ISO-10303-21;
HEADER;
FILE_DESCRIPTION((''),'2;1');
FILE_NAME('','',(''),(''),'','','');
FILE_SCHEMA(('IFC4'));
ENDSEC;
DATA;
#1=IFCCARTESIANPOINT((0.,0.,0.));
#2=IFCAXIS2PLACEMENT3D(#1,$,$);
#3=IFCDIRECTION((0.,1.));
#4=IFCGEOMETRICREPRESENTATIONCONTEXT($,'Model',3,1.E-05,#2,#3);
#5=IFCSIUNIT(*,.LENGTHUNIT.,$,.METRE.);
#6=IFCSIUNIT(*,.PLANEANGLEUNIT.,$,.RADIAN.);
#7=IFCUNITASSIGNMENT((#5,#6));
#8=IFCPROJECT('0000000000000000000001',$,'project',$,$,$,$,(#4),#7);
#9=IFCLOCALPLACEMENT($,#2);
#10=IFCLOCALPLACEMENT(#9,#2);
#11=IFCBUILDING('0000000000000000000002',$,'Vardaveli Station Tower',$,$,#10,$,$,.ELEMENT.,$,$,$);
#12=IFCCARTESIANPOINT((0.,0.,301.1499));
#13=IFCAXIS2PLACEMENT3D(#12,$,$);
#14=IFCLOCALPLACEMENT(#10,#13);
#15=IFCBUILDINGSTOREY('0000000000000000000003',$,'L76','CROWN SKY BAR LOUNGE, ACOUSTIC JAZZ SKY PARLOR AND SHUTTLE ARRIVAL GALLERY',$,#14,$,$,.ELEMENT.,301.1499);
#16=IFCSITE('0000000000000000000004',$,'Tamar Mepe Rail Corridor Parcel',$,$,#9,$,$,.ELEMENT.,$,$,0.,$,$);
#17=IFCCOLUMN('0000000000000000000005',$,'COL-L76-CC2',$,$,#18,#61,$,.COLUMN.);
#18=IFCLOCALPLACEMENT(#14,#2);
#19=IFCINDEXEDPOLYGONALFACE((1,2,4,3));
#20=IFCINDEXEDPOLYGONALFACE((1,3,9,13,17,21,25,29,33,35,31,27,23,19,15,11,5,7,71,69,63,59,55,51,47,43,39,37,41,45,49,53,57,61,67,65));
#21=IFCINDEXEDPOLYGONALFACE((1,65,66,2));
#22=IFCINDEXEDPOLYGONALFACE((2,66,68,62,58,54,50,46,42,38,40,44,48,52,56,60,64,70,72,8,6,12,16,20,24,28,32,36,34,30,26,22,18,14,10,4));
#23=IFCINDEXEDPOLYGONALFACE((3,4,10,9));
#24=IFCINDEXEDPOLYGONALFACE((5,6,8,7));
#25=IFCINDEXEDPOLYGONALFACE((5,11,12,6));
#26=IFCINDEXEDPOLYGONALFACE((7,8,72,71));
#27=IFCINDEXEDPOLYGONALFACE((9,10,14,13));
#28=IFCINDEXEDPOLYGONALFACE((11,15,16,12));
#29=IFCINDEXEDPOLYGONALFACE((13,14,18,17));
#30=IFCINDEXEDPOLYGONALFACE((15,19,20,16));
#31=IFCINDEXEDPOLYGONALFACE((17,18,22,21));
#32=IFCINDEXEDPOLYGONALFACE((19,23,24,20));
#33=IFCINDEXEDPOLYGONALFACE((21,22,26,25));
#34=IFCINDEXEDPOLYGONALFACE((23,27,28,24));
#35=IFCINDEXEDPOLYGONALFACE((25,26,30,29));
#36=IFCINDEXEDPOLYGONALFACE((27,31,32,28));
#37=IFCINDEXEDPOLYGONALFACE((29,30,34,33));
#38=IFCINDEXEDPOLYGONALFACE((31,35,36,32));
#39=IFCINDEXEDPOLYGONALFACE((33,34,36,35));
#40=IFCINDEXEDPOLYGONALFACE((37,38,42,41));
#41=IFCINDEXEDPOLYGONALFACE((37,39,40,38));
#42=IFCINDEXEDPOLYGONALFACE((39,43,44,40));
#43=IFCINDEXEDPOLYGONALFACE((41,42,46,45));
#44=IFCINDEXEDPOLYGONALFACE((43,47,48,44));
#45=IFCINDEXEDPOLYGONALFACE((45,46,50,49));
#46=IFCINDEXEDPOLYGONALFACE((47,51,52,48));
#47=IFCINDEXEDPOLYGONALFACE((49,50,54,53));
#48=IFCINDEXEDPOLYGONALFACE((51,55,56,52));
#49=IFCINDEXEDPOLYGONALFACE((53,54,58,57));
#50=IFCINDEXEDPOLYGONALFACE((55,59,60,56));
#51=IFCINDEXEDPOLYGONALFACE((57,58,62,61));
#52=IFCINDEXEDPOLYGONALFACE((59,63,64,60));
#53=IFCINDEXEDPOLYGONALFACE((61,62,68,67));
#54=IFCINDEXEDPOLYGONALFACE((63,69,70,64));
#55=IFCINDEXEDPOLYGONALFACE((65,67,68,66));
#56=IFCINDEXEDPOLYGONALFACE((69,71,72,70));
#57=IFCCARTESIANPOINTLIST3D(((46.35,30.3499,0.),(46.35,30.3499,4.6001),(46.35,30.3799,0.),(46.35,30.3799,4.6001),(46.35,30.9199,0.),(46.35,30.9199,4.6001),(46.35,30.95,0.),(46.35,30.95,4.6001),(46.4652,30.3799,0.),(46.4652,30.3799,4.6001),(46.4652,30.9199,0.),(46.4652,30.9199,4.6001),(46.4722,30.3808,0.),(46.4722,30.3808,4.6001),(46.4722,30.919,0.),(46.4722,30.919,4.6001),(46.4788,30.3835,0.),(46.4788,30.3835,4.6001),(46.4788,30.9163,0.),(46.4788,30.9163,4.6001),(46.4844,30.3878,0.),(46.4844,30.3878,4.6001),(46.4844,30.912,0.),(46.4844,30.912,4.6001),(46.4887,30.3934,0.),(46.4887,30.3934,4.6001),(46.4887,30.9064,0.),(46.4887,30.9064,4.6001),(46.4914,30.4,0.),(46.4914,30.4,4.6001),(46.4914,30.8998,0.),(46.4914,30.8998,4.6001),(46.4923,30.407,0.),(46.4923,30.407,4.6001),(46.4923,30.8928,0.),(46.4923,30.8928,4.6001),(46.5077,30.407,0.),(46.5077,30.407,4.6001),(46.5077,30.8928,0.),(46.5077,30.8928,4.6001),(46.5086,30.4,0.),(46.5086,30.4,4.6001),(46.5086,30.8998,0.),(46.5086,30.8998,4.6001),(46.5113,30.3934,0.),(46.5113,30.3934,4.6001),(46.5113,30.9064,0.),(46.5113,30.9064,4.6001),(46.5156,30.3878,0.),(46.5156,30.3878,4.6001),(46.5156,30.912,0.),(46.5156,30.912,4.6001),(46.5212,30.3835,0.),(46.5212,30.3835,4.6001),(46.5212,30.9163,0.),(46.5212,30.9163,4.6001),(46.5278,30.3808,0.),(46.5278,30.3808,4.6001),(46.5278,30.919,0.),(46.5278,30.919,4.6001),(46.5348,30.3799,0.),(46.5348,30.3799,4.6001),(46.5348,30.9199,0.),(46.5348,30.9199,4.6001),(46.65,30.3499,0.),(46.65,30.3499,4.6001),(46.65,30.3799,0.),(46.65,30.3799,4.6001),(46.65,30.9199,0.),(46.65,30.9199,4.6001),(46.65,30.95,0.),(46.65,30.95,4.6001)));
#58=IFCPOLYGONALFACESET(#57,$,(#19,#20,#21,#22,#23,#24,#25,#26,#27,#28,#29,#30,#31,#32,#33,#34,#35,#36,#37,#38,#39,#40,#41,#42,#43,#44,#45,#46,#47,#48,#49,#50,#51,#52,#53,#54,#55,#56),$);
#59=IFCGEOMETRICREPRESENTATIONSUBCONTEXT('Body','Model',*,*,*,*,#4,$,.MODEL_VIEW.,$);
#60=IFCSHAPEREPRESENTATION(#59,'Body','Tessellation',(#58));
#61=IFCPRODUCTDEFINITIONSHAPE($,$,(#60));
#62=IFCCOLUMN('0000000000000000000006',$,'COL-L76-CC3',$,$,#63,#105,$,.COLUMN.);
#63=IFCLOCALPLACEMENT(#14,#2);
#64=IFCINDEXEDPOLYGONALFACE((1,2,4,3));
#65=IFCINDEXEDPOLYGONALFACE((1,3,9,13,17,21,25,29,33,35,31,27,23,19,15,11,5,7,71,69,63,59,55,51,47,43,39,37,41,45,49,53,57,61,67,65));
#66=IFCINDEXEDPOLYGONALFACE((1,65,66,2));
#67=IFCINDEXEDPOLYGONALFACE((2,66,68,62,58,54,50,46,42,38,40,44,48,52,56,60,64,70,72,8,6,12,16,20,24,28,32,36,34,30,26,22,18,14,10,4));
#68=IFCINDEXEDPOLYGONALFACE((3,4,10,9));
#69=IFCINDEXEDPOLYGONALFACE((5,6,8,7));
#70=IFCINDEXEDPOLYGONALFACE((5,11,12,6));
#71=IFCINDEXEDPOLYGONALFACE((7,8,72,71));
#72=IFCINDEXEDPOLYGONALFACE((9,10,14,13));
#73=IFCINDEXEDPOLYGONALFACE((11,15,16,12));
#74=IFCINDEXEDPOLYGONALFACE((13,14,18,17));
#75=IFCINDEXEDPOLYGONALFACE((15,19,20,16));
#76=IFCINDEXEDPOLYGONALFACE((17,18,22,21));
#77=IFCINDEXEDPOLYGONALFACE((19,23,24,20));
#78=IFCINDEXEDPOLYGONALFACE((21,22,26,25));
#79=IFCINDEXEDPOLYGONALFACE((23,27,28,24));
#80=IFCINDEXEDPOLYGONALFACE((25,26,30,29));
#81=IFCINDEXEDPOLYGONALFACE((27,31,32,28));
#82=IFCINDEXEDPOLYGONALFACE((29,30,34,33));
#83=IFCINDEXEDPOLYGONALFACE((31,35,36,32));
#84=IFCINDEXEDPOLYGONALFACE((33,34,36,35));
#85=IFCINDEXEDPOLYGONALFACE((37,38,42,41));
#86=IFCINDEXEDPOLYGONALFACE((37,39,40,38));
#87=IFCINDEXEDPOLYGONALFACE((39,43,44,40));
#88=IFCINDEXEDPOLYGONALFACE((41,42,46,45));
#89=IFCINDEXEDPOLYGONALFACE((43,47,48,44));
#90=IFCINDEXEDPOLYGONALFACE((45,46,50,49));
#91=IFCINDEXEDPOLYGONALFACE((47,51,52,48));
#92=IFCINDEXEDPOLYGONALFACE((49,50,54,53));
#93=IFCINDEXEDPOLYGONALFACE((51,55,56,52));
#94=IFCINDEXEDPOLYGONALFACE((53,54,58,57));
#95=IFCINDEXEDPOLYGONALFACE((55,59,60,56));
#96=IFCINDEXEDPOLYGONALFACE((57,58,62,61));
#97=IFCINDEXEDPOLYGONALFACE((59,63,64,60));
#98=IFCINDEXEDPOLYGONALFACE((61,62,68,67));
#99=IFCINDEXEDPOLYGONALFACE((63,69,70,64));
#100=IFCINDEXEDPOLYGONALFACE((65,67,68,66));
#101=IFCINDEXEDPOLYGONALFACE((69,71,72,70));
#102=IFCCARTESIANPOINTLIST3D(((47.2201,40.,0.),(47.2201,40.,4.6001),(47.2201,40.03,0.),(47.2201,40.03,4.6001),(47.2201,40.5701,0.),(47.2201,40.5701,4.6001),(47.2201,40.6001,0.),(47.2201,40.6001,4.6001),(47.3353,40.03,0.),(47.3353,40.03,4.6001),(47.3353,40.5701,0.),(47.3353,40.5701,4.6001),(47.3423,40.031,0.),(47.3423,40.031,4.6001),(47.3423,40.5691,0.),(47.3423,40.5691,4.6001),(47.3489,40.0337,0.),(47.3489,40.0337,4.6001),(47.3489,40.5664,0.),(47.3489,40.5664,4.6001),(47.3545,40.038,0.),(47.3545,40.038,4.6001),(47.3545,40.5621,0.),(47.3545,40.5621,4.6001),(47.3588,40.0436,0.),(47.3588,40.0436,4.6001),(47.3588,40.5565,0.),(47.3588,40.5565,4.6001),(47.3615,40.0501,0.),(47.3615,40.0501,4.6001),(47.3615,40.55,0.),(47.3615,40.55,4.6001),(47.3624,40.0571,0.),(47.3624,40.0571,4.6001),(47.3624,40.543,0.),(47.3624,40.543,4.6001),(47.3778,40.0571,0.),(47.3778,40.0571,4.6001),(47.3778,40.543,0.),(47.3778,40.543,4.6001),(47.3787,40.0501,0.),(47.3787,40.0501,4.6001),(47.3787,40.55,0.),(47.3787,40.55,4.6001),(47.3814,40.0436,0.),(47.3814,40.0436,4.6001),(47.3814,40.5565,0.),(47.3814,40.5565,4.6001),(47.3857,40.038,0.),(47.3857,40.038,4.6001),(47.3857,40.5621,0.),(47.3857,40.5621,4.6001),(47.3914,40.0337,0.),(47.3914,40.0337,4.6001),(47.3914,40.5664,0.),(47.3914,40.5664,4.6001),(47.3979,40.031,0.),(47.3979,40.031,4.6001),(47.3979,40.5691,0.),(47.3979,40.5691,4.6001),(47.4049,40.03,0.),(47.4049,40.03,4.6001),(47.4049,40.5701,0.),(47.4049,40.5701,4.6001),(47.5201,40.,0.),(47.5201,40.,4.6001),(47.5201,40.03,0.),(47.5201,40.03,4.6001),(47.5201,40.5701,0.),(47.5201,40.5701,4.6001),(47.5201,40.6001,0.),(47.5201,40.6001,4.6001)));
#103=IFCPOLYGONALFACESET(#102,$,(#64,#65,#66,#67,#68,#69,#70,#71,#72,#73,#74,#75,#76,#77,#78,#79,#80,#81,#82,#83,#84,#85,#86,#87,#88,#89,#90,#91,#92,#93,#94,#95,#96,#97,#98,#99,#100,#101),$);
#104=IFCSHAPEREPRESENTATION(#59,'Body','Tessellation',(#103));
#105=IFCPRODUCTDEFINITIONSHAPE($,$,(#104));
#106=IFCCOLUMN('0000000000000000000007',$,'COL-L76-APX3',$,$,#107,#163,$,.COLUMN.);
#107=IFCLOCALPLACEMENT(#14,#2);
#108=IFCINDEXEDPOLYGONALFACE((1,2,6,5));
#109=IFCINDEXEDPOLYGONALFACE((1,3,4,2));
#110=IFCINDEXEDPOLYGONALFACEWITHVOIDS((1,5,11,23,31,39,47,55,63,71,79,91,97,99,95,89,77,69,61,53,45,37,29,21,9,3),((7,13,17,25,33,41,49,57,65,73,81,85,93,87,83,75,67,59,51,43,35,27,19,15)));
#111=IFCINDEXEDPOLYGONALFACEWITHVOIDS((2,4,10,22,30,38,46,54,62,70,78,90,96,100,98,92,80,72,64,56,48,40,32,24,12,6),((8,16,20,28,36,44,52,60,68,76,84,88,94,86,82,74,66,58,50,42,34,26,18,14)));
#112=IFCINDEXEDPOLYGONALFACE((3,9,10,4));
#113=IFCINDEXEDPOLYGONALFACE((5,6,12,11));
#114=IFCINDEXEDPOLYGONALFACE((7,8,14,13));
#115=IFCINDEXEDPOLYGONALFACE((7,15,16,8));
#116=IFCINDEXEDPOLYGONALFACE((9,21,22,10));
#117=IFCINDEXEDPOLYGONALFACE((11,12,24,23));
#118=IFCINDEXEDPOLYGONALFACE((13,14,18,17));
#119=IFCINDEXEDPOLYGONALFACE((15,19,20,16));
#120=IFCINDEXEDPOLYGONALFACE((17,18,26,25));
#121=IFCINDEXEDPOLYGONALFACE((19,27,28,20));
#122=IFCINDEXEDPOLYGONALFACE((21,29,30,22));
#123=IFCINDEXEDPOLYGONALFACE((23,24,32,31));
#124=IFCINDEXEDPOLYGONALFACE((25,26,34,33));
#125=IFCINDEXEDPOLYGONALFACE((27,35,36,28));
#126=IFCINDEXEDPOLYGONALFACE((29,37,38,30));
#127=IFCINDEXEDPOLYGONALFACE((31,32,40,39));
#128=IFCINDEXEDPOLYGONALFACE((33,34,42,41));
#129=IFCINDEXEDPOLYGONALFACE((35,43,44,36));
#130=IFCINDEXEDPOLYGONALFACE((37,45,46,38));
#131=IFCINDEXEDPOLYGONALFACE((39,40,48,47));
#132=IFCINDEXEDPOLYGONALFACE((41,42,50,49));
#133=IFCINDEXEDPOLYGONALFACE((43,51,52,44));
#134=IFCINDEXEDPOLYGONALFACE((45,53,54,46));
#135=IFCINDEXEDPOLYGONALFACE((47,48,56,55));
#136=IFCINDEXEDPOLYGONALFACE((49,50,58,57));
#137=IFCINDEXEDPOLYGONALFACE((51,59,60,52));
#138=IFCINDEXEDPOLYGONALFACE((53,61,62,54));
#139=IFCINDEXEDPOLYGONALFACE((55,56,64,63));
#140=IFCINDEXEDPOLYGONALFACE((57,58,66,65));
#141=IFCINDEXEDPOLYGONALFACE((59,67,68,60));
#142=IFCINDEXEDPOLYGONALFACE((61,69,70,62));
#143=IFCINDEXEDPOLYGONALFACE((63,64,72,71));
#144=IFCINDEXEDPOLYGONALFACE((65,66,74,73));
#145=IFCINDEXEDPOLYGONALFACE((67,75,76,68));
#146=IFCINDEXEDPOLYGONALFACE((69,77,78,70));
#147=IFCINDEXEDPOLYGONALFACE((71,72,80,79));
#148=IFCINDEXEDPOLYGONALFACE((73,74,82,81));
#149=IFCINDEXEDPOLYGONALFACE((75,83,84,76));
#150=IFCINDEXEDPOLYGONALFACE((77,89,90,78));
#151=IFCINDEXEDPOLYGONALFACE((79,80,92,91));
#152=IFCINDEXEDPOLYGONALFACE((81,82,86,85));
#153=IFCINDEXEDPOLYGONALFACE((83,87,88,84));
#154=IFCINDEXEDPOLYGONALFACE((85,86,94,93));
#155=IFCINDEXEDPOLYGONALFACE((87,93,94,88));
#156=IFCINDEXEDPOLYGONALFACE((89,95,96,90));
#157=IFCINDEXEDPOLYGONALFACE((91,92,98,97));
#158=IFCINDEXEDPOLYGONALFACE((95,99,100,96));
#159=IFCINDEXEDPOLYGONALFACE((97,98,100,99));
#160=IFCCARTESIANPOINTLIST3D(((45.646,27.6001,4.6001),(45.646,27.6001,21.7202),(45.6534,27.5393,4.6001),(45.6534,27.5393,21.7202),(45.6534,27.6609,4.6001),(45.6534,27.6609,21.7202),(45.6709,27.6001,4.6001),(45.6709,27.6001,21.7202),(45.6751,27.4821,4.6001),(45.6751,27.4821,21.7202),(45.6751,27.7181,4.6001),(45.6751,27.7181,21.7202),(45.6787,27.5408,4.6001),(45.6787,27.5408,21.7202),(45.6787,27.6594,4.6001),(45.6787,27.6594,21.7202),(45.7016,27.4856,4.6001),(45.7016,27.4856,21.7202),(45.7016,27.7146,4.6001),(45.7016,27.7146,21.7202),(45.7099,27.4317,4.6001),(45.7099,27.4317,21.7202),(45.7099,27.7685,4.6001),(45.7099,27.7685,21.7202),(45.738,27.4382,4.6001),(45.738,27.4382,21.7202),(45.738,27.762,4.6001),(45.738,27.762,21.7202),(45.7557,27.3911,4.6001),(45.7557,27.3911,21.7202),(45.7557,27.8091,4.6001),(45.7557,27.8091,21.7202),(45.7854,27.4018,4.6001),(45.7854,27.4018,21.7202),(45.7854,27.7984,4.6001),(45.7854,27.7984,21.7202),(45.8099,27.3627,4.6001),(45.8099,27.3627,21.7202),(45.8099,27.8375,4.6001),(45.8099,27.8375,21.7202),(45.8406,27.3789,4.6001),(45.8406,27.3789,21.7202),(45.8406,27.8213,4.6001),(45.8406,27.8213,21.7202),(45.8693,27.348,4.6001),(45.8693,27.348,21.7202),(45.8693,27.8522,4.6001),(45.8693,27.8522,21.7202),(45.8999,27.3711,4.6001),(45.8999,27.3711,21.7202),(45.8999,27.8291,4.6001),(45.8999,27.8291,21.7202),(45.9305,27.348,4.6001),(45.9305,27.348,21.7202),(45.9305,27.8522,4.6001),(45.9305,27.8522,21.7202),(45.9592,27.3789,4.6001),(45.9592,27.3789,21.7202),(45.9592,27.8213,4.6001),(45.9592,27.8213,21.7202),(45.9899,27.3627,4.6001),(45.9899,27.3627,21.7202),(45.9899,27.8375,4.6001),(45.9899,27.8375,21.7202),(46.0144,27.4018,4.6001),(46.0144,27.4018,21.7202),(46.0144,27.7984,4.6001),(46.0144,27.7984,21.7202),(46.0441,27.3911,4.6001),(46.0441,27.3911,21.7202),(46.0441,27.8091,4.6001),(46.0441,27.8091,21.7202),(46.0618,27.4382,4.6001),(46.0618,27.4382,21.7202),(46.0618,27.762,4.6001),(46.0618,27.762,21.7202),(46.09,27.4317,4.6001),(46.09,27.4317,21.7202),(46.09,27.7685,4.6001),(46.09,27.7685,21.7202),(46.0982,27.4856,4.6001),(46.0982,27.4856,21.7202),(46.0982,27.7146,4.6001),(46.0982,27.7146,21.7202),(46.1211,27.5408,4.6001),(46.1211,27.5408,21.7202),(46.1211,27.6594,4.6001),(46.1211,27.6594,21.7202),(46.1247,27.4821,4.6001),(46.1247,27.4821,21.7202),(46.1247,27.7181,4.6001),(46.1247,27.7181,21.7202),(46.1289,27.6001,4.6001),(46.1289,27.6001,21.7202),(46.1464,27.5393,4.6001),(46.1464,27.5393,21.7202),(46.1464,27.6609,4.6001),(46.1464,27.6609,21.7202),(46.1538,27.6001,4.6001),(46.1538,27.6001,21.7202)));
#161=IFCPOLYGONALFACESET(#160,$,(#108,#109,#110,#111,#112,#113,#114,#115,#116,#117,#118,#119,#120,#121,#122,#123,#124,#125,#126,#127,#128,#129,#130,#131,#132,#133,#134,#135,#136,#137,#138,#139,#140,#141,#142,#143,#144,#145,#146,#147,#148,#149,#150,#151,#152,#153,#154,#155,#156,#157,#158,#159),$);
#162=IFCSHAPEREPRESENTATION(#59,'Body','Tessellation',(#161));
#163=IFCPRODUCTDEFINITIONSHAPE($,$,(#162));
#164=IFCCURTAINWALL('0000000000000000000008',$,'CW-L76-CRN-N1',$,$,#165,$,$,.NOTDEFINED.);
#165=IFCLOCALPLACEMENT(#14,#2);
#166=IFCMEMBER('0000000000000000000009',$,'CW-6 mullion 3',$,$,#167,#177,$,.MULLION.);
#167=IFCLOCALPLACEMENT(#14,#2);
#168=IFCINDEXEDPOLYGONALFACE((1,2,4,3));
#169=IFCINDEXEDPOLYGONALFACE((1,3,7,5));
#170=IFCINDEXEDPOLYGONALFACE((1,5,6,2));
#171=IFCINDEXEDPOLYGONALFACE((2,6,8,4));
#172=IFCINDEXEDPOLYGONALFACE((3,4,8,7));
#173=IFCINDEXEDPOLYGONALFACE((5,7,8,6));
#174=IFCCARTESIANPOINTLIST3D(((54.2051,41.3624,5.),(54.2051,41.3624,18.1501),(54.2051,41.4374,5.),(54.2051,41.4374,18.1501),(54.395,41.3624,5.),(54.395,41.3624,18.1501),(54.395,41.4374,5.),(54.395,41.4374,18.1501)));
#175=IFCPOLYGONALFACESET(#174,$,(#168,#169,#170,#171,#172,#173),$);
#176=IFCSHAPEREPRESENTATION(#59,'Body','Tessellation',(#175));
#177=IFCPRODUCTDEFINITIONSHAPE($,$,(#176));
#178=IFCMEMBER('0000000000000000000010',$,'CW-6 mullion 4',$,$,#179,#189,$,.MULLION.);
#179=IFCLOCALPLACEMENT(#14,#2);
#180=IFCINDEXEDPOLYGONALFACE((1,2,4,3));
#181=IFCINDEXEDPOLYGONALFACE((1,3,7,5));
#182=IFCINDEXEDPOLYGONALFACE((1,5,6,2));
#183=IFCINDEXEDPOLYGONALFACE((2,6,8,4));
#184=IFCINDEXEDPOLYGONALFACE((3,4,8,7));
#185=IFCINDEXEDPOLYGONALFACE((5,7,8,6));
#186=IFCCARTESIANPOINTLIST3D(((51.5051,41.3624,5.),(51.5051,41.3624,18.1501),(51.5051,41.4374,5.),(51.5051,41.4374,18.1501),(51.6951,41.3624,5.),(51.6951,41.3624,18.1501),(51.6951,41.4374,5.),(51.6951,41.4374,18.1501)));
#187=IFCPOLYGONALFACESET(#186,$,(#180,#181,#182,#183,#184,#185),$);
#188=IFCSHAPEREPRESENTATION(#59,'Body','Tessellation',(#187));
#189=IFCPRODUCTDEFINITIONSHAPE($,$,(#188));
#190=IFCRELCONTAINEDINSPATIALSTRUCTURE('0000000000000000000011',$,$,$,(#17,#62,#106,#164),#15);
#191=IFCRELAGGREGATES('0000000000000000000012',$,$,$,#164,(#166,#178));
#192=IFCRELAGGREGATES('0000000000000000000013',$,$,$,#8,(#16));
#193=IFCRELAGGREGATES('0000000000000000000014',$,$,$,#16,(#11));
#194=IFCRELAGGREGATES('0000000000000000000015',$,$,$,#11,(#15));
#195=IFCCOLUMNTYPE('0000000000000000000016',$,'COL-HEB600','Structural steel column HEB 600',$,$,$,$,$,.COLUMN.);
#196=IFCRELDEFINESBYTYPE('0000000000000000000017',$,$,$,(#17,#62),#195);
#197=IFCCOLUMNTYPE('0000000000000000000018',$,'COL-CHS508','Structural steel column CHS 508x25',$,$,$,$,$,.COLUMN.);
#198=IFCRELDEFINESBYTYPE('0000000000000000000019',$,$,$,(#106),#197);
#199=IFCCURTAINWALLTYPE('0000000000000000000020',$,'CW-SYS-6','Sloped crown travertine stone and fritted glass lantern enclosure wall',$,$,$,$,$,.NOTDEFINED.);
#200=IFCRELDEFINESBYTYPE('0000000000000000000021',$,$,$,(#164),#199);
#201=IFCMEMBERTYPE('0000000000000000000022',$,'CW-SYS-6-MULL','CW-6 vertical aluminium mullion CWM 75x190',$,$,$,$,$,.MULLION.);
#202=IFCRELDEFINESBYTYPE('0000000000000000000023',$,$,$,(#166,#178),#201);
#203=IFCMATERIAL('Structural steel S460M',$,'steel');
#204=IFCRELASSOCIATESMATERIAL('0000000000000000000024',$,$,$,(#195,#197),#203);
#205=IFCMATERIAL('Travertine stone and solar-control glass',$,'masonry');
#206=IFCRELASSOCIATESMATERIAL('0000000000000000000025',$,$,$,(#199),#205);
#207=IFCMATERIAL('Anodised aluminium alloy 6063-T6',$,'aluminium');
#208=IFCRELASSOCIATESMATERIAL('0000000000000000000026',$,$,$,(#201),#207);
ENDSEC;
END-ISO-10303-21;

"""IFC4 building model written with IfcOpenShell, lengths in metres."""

from ifc_helpers import new_model, si_unit, direction, frame, origin, origin_2d, place, context, subcontext, project, spatial, rectangle, hollow_circle, i_section, extrude, source, transform, mapped, material, material_profile, profile_set, type_object, element, aggregate, save


model = new_model("IFC4")

# Units and contexts
model_context = context("Model", 3, precision=1e-05, world=origin(), true_north=direction((0.0, 1.0)))
body_context = subcontext(model_context, "Body", "Model", "MODEL_VIEW")
ifc_project = project(units=[si_unit("LENGTHUNIT", "METRE"), si_unit("PLANEANGLEUNIT", "RADIAN")], contexts=[model_context])

# Site, building, storey
site_placement = place(None, origin())
site = spatial("IfcSite", under=ifc_project, at=site_placement, Name="Tamar Mepe Rail Corridor Parcel", CompositionType="ELEMENT", RefElevation=0.0)
building_placement = place(site_placement, origin())
building = spatial("IfcBuilding", under=site, at=building_placement, Name="Vardaveli Station Tower", CompositionType="ELEMENT")
storey_placement = place(building_placement, frame((0.0, 0.0, 301.1499)))
storey = spatial("IfcBuildingStorey", under=building, at=storey_placement, Name="L76", Description="CROWN SKY BAR LOUNGE, ACOUSTIC JAZZ SKY PARLOR AND SHUTTLE ARRIVAL GALLERY", CompositionType="ELEMENT", Elevation=301.1499)

# Columns
ifc_material_1 = material(Name="Structural steel S460M", Category="steel")
ifc_material_profile_1 = material_profile(ifc_material_1, i_section(OverallWidth=0.3, OverallDepth=0.6001, WebThickness=0.0154, FlangeThickness=0.03, FilletRadius=0.0271, at=origin_2d()), Name="HEB 600")
ifc_profile_set_1 = profile_set([ifc_material_profile_1], Name="Structural steel S460M")
column_type_1 = type_object("IfcColumnType", Name="COL-HEB600", Description="Structural steel column HEB 600", PredefinedType="COLUMN", material=ifc_profile_set_1)
shared_shape_1 = source(origin(), body_context, "Body", "SweptSolid", [
    extrude(i_section(OverallWidth=0.3, OverallDepth=0.6001, WebThickness=0.0154, FlangeThickness=0.03, FilletRadius=0.0271, at=origin_2d()), origin(), (0.0, 0.0, 1.0), 4.6001),
])
for number, where, z_axis, x_axis, name in (
    (1, (46.5, 30.6499, 0.0), (0.0, 0.0, 1.0), (1.0, 0.0, 0.0), "COL-L76-CC2"),
    (2, (47.3701, 40.3, 0.0), (0.0, 0.0, 1.0), (1.0, 0.0, 0.0), "COL-L76-CC3"),
):
    element("IfcColumn", number, at=place(storey_placement, frame(where, z_axis=z_axis, x_axis=x_axis)), inside=storey, type_object=column_type_1, Name=name, PredefinedType="COLUMN", context=body_context, shape_type="MappedRepresentation", body=[
        mapped(shared_shape_1, transform((0.0, 0.0, 0.0), scale=1.0)),
    ])
ifc_material_profile_2 = material_profile(ifc_material_1, hollow_circle(Radius=0.2539, WallThickness=0.0249, at=origin_2d()), Name="CHS 508x25")
ifc_profile_set_2 = profile_set([ifc_material_profile_2], Name="Structural steel S460M")
column_type_2 = type_object("IfcColumnType", Name="COL-CHS508", Description="Structural steel column CHS 508x25", PredefinedType="COLUMN", material=ifc_profile_set_2)
shared_shape_2 = source(origin(), body_context, "Body", "SweptSolid", [
    extrude(hollow_circle(Radius=0.2539, WallThickness=0.0249, at=origin_2d()), origin(), (0.0, 0.0, 1.0), 17.1201),
])
column_placement = place(storey_placement, frame((45.8999, 27.6001, 4.6001), z_axis=(0.0, 0.0, 1.0), x_axis=(1.0, 0.0, 0.0)))
element("IfcColumn", 3, at=column_placement, inside=storey, type_object=column_type_2, Name="COL-L76-APX3", PredefinedType="COLUMN", context=body_context, shape_type="MappedRepresentation", body=[
    mapped(shared_shape_2, transform((0.0, 0.0, 0.0), scale=1.0)),
])

# Curtain wall, members
ifc_material_2 = material(Name="Travertine stone and solar-control glass", Category="masonry")
curtain_wall_type = type_object("IfcCurtainWallType", Name="CW-SYS-6", Description="Sloped crown travertine stone and fritted glass lantern enclosure wall", PredefinedType="NOTDEFINED", material=ifc_material_2)
curtain_wall_1_placement = place(storey_placement, origin())
curtain_wall_1 = element("IfcCurtainWall", 4, at=curtain_wall_1_placement, inside=storey, type_object=curtain_wall_type, Name="CW-L76-CRN-N1", PredefinedType="NOTDEFINED")
ifc_material_3 = material(Name="Anodised aluminium alloy 6063-T6", Category="aluminium")
ifc_material_profile_3 = material_profile(ifc_material_3, rectangle(XDim=0.075, YDim=0.1899, at=origin_2d()), Name="CWM 75x190")
ifc_profile_set_3 = profile_set([ifc_material_profile_3], Name="Anodised aluminium alloy 6063-T6")
member_type = type_object("IfcMemberType", Name="CW-SYS-6-MULL", Description="CW-6 vertical aluminium mullion CWM 75x190", PredefinedType="MULLION", material=ifc_profile_set_3)
shared_shape_3 = source(origin(), body_context, "Body", "SweptSolid", [
    extrude(rectangle(XDim=0.075, YDim=0.1899, at=origin_2d()), origin(), (0.0, 0.0, 1.0), 13.1501),
])
member_1_placement = place(storey_placement, frame((54.3, 41.3999, 5.0), z_axis=(0.0, 0.0, 1.0), x_axis=(0.0, -1.0, 0.0)))
member_1 = element("IfcMember", 5, at=member_1_placement, type_object=member_type, Name="CW-6 mullion 3", PredefinedType="MULLION", context=body_context, shape_type="MappedRepresentation", body=[
    mapped(shared_shape_3, transform((0.0, 0.0, 0.0), scale=1.0)),
])
member_2_placement = place(storey_placement, frame((51.6001, 41.3999, 5.0), z_axis=(0.0, 0.0, 1.0), x_axis=(0.0, -1.0, 0.0)))
member_2 = element("IfcMember", 6, at=member_2_placement, type_object=member_type, Name="CW-6 mullion 4", PredefinedType="MULLION", context=body_context, shape_type="MappedRepresentation", body=[
    mapped(shared_shape_3, transform((0.0, 0.0, 0.0), scale=1.0)),
])
aggregate(curtain_wall_1, [member_1, member_2])

save(model, "model.ifc")
